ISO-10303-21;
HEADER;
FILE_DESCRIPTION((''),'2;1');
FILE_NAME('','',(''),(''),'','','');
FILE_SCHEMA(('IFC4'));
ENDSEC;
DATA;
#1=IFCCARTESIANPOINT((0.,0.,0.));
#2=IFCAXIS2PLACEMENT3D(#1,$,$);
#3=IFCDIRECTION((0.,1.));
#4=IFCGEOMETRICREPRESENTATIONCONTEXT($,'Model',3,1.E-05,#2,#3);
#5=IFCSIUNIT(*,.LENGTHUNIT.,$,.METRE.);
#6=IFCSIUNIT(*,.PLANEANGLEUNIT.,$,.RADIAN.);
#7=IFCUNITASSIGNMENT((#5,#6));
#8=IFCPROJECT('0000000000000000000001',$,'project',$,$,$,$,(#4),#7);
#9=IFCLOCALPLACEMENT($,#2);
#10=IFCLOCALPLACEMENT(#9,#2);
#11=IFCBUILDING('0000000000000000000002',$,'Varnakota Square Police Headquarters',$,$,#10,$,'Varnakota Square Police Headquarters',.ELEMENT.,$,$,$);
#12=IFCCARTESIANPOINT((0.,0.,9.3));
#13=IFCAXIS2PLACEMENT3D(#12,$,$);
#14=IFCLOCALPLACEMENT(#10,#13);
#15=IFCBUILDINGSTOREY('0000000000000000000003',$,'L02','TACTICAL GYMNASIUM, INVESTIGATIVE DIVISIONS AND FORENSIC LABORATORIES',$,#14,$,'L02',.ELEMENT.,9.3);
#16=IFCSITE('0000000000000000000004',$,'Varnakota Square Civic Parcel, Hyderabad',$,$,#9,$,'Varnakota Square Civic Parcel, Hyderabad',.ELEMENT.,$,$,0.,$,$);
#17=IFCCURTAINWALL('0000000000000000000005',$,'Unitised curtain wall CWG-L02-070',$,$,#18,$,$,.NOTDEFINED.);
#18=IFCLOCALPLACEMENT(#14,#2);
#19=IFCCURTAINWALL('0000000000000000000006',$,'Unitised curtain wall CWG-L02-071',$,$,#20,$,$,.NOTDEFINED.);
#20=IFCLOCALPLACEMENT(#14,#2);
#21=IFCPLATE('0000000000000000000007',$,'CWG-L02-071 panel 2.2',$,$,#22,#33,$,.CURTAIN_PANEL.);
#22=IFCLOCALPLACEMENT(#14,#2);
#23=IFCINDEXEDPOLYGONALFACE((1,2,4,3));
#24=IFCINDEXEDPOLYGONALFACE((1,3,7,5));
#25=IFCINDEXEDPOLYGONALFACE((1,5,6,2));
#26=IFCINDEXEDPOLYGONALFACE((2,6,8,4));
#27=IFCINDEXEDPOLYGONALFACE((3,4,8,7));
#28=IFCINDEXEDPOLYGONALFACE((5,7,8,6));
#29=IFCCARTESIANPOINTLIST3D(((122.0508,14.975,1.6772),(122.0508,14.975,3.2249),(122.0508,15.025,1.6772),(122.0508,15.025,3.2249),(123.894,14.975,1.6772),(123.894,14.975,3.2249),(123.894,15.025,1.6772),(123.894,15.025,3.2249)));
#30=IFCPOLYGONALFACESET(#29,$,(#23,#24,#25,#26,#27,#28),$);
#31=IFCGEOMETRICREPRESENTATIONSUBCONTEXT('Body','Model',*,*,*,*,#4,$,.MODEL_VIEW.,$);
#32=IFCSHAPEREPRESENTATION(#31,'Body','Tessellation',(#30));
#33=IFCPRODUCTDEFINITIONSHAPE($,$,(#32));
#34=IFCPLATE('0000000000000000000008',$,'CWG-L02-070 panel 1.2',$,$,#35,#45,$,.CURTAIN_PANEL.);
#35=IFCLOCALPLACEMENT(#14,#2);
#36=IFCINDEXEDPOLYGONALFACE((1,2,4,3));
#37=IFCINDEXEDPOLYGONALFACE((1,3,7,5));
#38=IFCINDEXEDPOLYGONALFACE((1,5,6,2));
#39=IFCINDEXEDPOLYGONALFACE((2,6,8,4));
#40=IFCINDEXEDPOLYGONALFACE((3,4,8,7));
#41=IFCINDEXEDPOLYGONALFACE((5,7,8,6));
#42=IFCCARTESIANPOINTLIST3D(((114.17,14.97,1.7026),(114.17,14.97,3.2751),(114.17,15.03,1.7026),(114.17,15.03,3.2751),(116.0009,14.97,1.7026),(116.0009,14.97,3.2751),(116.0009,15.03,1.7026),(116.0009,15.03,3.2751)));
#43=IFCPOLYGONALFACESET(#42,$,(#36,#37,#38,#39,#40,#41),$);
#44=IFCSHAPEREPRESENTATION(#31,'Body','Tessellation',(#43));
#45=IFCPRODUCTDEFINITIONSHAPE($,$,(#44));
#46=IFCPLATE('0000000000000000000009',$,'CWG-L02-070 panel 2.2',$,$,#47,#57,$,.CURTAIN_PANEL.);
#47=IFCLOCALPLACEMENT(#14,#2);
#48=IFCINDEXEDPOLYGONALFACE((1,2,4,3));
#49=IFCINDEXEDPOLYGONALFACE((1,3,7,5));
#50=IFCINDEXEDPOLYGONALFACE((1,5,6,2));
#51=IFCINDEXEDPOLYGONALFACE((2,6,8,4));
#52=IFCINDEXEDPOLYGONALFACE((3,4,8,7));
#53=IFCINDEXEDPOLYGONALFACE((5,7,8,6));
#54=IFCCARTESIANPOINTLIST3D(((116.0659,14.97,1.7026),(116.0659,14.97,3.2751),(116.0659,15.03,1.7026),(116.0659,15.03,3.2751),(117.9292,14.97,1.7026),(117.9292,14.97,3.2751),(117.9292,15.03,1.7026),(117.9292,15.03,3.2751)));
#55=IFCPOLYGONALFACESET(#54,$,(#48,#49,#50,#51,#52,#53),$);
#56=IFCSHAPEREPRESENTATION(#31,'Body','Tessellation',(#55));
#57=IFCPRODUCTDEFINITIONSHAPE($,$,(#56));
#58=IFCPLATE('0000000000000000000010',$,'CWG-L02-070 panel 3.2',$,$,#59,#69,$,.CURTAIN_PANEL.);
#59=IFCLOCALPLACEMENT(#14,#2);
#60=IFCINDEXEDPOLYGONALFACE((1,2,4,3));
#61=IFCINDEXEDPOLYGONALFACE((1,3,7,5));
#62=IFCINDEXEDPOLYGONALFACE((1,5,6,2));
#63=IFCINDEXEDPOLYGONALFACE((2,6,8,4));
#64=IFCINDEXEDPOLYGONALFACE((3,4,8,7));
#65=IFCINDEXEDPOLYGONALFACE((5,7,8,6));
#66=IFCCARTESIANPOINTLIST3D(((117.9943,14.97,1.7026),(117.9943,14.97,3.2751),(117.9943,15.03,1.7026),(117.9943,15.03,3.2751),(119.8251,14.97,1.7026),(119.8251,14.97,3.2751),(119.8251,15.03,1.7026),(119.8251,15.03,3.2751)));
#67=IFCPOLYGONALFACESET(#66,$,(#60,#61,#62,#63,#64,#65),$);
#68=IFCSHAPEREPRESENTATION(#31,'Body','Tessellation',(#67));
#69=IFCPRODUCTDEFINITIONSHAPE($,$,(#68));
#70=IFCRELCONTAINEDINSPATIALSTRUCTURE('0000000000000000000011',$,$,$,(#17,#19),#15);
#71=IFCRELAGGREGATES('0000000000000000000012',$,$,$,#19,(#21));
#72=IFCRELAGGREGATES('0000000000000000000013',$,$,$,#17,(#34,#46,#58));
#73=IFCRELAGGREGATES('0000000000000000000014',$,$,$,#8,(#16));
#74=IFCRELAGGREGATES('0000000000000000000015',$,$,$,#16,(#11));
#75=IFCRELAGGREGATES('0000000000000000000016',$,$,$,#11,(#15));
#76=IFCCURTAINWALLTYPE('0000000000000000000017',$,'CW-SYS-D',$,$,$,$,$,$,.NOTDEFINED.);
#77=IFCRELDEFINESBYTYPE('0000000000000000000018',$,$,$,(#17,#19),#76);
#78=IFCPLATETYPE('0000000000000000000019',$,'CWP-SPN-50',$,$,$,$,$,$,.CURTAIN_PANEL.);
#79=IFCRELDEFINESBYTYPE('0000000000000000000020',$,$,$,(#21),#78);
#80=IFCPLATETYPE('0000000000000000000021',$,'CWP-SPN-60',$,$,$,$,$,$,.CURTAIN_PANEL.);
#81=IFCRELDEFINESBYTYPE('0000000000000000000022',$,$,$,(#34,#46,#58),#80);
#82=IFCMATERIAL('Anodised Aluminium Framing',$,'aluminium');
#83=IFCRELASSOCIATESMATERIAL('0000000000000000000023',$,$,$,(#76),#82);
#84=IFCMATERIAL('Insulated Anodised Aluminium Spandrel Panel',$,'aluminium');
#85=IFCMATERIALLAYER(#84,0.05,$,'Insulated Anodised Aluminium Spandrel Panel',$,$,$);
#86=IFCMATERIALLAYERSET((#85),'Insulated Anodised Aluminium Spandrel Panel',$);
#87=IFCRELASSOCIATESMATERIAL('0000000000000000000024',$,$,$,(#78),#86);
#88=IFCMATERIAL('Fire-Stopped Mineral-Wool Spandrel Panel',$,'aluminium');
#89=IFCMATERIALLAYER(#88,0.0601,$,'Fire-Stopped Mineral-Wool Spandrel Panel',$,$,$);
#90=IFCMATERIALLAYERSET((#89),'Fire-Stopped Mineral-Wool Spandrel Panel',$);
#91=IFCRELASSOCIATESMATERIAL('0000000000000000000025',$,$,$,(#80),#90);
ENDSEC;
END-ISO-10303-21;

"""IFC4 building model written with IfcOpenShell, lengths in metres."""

from ifc_helpers import new_model, si_unit, direction, frame, origin, origin_2d, place, context, subcontext, project, spatial, rectangle, extrude, material, layer, layer_set, type_object, element, aggregate, save


model = new_model("IFC4")

# Units and contexts
model_context = context("Model", 3, precision=1e-05, world=origin(), true_north=direction((0.0, 1.0)))
body_context = subcontext(model_context, "Body", "Model", "MODEL_VIEW")
ifc_project = project(units=[si_unit("LENGTHUNIT", "METRE"), si_unit("PLANEANGLEUNIT", "RADIAN")], contexts=[model_context])

# Site, building, storey
site_placement = place(None, origin())
site = spatial("IfcSite", under=ifc_project, at=site_placement, Name="Varnakota Square Civic Parcel, Hyderabad", LongName="Varnakota Square Civic Parcel, Hyderabad", CompositionType="ELEMENT", RefElevation=0.0)
building_placement = place(site_placement, origin())
building = spatial("IfcBuilding", under=site, at=building_placement, Name="Varnakota Square Police Headquarters", LongName="Varnakota Square Police Headquarters", CompositionType="ELEMENT")
storey_placement = place(building_placement, frame((0.0, 0.0, 9.3)))
storey = spatial("IfcBuildingStorey", under=building, at=storey_placement, Name="L02", Description="TACTICAL GYMNASIUM, INVESTIGATIVE DIVISIONS AND FORENSIC LABORATORIES", LongName="L02", CompositionType="ELEMENT", Elevation=9.3)

# Curtain walls
ifc_material_1 = material(Name="Anodised Aluminium Framing", Category="aluminium")
curtain_wall_type = type_object("IfcCurtainWallType", Name="CW-SYS-D", PredefinedType="NOTDEFINED", material=ifc_material_1)
curtain_wall_1_placement = place(storey_placement, origin())
curtain_wall_1 = element("IfcCurtainWall", 1, at=curtain_wall_1_placement, inside=storey, type_object=curtain_wall_type, Name="Unitised curtain wall CWG-L02-070", PredefinedType="NOTDEFINED")
curtain_wall_2_placement = place(storey_placement, origin())
curtain_wall_2 = element("IfcCurtainWall", 2, at=curtain_wall_2_placement, inside=storey, type_object=curtain_wall_type, Name="Unitised curtain wall CWG-L02-071", PredefinedType="NOTDEFINED")

# Plates
ifc_material_2 = material(Name="Insulated Anodised Aluminium Spandrel Panel", Category="aluminium")
ifc_layer_1 = layer(ifc_material_2, 0.05, Name="Insulated Anodised Aluminium Spandrel Panel")
ifc_layer_set_1 = layer_set([ifc_layer_1], Name="Insulated Anodised Aluminium Spandrel Panel")
plate_type_1 = type_object("IfcPlateType", Name="CWP-SPN-50", PredefinedType="CURTAIN_PANEL", material=ifc_layer_set_1)
plate_1_placement = place(storey_placement, frame((122.9724, 15.0, 1.6772), z_axis=(0.0, 0.0, 1.0), x_axis=(1.0, 0.0, 0.0)))
plate_1 = element("IfcPlate", 3, at=plate_1_placement, type_object=plate_type_1, Name="CWG-L02-071 panel 2.2", PredefinedType="CURTAIN_PANEL", context=body_context, shape_type="SweptSolid", body=[
    extrude(rectangle(XDim=1.8433, YDim=0.05, at=origin_2d()), origin(), (0.0, 0.0, 1.0), 1.5476),
])
aggregate(curtain_wall_2, [plate_1])
ifc_material_3 = material(Name="Fire-Stopped Mineral-Wool Spandrel Panel", Category="aluminium")
ifc_layer_2 = layer(ifc_material_3, 0.0601, Name="Fire-Stopped Mineral-Wool Spandrel Panel")
ifc_layer_set_2 = layer_set([ifc_layer_2], Name="Fire-Stopped Mineral-Wool Spandrel Panel")
plate_type_2 = type_object("IfcPlateType", Name="CWP-SPN-60", PredefinedType="CURTAIN_PANEL", material=ifc_layer_set_2)
plate_2_placement = place(storey_placement, frame((115.0854, 15.0, 1.7026), z_axis=(0.0, 0.0, 1.0), x_axis=(1.0, 0.0, 0.0)))
plate_2 = element("IfcPlate", 4, at=plate_2_placement, type_object=plate_type_2, Name="CWG-L02-070 panel 1.2", PredefinedType="CURTAIN_PANEL", context=body_context, shape_type="SweptSolid", body=[
    extrude(rectangle(XDim=1.8308, YDim=0.0601, at=origin_2d()), origin(), (0.0, 0.0, 1.0), 1.5725),
])
plate_3_placement = place(storey_placement, frame((116.9976, 15.0, 1.7026), z_axis=(0.0, 0.0, 1.0), x_axis=(1.0, 0.0, 0.0)))
plate_3 = element("IfcPlate", 5, at=plate_3_placement, type_object=plate_type_2, Name="CWG-L02-070 panel 2.2", PredefinedType="CURTAIN_PANEL", context=body_context, shape_type="SweptSolid", body=[
    extrude(rectangle(XDim=1.8633, YDim=0.0601, at=origin_2d()), origin(), (0.0, 0.0, 1.0), 1.5725),
])
plate_4_placement = place(storey_placement, frame((118.9097, 15.0, 1.7026), z_axis=(0.0, 0.0, 1.0), x_axis=(1.0, 0.0, 0.0)))
plate_4 = element("IfcPlate", 6, at=plate_4_placement, type_object=plate_type_2, Name="CWG-L02-070 panel 3.2", PredefinedType="CURTAIN_PANEL", context=body_context, shape_type="SweptSolid", body=[
    extrude(rectangle(XDim=1.8308, YDim=0.0601, at=origin_2d()), origin(), (0.0, 0.0, 1.0), 1.5725),
])
aggregate(curtain_wall_1, [plate_2, plate_3, plate_4])

save(model, "model.ifc")
